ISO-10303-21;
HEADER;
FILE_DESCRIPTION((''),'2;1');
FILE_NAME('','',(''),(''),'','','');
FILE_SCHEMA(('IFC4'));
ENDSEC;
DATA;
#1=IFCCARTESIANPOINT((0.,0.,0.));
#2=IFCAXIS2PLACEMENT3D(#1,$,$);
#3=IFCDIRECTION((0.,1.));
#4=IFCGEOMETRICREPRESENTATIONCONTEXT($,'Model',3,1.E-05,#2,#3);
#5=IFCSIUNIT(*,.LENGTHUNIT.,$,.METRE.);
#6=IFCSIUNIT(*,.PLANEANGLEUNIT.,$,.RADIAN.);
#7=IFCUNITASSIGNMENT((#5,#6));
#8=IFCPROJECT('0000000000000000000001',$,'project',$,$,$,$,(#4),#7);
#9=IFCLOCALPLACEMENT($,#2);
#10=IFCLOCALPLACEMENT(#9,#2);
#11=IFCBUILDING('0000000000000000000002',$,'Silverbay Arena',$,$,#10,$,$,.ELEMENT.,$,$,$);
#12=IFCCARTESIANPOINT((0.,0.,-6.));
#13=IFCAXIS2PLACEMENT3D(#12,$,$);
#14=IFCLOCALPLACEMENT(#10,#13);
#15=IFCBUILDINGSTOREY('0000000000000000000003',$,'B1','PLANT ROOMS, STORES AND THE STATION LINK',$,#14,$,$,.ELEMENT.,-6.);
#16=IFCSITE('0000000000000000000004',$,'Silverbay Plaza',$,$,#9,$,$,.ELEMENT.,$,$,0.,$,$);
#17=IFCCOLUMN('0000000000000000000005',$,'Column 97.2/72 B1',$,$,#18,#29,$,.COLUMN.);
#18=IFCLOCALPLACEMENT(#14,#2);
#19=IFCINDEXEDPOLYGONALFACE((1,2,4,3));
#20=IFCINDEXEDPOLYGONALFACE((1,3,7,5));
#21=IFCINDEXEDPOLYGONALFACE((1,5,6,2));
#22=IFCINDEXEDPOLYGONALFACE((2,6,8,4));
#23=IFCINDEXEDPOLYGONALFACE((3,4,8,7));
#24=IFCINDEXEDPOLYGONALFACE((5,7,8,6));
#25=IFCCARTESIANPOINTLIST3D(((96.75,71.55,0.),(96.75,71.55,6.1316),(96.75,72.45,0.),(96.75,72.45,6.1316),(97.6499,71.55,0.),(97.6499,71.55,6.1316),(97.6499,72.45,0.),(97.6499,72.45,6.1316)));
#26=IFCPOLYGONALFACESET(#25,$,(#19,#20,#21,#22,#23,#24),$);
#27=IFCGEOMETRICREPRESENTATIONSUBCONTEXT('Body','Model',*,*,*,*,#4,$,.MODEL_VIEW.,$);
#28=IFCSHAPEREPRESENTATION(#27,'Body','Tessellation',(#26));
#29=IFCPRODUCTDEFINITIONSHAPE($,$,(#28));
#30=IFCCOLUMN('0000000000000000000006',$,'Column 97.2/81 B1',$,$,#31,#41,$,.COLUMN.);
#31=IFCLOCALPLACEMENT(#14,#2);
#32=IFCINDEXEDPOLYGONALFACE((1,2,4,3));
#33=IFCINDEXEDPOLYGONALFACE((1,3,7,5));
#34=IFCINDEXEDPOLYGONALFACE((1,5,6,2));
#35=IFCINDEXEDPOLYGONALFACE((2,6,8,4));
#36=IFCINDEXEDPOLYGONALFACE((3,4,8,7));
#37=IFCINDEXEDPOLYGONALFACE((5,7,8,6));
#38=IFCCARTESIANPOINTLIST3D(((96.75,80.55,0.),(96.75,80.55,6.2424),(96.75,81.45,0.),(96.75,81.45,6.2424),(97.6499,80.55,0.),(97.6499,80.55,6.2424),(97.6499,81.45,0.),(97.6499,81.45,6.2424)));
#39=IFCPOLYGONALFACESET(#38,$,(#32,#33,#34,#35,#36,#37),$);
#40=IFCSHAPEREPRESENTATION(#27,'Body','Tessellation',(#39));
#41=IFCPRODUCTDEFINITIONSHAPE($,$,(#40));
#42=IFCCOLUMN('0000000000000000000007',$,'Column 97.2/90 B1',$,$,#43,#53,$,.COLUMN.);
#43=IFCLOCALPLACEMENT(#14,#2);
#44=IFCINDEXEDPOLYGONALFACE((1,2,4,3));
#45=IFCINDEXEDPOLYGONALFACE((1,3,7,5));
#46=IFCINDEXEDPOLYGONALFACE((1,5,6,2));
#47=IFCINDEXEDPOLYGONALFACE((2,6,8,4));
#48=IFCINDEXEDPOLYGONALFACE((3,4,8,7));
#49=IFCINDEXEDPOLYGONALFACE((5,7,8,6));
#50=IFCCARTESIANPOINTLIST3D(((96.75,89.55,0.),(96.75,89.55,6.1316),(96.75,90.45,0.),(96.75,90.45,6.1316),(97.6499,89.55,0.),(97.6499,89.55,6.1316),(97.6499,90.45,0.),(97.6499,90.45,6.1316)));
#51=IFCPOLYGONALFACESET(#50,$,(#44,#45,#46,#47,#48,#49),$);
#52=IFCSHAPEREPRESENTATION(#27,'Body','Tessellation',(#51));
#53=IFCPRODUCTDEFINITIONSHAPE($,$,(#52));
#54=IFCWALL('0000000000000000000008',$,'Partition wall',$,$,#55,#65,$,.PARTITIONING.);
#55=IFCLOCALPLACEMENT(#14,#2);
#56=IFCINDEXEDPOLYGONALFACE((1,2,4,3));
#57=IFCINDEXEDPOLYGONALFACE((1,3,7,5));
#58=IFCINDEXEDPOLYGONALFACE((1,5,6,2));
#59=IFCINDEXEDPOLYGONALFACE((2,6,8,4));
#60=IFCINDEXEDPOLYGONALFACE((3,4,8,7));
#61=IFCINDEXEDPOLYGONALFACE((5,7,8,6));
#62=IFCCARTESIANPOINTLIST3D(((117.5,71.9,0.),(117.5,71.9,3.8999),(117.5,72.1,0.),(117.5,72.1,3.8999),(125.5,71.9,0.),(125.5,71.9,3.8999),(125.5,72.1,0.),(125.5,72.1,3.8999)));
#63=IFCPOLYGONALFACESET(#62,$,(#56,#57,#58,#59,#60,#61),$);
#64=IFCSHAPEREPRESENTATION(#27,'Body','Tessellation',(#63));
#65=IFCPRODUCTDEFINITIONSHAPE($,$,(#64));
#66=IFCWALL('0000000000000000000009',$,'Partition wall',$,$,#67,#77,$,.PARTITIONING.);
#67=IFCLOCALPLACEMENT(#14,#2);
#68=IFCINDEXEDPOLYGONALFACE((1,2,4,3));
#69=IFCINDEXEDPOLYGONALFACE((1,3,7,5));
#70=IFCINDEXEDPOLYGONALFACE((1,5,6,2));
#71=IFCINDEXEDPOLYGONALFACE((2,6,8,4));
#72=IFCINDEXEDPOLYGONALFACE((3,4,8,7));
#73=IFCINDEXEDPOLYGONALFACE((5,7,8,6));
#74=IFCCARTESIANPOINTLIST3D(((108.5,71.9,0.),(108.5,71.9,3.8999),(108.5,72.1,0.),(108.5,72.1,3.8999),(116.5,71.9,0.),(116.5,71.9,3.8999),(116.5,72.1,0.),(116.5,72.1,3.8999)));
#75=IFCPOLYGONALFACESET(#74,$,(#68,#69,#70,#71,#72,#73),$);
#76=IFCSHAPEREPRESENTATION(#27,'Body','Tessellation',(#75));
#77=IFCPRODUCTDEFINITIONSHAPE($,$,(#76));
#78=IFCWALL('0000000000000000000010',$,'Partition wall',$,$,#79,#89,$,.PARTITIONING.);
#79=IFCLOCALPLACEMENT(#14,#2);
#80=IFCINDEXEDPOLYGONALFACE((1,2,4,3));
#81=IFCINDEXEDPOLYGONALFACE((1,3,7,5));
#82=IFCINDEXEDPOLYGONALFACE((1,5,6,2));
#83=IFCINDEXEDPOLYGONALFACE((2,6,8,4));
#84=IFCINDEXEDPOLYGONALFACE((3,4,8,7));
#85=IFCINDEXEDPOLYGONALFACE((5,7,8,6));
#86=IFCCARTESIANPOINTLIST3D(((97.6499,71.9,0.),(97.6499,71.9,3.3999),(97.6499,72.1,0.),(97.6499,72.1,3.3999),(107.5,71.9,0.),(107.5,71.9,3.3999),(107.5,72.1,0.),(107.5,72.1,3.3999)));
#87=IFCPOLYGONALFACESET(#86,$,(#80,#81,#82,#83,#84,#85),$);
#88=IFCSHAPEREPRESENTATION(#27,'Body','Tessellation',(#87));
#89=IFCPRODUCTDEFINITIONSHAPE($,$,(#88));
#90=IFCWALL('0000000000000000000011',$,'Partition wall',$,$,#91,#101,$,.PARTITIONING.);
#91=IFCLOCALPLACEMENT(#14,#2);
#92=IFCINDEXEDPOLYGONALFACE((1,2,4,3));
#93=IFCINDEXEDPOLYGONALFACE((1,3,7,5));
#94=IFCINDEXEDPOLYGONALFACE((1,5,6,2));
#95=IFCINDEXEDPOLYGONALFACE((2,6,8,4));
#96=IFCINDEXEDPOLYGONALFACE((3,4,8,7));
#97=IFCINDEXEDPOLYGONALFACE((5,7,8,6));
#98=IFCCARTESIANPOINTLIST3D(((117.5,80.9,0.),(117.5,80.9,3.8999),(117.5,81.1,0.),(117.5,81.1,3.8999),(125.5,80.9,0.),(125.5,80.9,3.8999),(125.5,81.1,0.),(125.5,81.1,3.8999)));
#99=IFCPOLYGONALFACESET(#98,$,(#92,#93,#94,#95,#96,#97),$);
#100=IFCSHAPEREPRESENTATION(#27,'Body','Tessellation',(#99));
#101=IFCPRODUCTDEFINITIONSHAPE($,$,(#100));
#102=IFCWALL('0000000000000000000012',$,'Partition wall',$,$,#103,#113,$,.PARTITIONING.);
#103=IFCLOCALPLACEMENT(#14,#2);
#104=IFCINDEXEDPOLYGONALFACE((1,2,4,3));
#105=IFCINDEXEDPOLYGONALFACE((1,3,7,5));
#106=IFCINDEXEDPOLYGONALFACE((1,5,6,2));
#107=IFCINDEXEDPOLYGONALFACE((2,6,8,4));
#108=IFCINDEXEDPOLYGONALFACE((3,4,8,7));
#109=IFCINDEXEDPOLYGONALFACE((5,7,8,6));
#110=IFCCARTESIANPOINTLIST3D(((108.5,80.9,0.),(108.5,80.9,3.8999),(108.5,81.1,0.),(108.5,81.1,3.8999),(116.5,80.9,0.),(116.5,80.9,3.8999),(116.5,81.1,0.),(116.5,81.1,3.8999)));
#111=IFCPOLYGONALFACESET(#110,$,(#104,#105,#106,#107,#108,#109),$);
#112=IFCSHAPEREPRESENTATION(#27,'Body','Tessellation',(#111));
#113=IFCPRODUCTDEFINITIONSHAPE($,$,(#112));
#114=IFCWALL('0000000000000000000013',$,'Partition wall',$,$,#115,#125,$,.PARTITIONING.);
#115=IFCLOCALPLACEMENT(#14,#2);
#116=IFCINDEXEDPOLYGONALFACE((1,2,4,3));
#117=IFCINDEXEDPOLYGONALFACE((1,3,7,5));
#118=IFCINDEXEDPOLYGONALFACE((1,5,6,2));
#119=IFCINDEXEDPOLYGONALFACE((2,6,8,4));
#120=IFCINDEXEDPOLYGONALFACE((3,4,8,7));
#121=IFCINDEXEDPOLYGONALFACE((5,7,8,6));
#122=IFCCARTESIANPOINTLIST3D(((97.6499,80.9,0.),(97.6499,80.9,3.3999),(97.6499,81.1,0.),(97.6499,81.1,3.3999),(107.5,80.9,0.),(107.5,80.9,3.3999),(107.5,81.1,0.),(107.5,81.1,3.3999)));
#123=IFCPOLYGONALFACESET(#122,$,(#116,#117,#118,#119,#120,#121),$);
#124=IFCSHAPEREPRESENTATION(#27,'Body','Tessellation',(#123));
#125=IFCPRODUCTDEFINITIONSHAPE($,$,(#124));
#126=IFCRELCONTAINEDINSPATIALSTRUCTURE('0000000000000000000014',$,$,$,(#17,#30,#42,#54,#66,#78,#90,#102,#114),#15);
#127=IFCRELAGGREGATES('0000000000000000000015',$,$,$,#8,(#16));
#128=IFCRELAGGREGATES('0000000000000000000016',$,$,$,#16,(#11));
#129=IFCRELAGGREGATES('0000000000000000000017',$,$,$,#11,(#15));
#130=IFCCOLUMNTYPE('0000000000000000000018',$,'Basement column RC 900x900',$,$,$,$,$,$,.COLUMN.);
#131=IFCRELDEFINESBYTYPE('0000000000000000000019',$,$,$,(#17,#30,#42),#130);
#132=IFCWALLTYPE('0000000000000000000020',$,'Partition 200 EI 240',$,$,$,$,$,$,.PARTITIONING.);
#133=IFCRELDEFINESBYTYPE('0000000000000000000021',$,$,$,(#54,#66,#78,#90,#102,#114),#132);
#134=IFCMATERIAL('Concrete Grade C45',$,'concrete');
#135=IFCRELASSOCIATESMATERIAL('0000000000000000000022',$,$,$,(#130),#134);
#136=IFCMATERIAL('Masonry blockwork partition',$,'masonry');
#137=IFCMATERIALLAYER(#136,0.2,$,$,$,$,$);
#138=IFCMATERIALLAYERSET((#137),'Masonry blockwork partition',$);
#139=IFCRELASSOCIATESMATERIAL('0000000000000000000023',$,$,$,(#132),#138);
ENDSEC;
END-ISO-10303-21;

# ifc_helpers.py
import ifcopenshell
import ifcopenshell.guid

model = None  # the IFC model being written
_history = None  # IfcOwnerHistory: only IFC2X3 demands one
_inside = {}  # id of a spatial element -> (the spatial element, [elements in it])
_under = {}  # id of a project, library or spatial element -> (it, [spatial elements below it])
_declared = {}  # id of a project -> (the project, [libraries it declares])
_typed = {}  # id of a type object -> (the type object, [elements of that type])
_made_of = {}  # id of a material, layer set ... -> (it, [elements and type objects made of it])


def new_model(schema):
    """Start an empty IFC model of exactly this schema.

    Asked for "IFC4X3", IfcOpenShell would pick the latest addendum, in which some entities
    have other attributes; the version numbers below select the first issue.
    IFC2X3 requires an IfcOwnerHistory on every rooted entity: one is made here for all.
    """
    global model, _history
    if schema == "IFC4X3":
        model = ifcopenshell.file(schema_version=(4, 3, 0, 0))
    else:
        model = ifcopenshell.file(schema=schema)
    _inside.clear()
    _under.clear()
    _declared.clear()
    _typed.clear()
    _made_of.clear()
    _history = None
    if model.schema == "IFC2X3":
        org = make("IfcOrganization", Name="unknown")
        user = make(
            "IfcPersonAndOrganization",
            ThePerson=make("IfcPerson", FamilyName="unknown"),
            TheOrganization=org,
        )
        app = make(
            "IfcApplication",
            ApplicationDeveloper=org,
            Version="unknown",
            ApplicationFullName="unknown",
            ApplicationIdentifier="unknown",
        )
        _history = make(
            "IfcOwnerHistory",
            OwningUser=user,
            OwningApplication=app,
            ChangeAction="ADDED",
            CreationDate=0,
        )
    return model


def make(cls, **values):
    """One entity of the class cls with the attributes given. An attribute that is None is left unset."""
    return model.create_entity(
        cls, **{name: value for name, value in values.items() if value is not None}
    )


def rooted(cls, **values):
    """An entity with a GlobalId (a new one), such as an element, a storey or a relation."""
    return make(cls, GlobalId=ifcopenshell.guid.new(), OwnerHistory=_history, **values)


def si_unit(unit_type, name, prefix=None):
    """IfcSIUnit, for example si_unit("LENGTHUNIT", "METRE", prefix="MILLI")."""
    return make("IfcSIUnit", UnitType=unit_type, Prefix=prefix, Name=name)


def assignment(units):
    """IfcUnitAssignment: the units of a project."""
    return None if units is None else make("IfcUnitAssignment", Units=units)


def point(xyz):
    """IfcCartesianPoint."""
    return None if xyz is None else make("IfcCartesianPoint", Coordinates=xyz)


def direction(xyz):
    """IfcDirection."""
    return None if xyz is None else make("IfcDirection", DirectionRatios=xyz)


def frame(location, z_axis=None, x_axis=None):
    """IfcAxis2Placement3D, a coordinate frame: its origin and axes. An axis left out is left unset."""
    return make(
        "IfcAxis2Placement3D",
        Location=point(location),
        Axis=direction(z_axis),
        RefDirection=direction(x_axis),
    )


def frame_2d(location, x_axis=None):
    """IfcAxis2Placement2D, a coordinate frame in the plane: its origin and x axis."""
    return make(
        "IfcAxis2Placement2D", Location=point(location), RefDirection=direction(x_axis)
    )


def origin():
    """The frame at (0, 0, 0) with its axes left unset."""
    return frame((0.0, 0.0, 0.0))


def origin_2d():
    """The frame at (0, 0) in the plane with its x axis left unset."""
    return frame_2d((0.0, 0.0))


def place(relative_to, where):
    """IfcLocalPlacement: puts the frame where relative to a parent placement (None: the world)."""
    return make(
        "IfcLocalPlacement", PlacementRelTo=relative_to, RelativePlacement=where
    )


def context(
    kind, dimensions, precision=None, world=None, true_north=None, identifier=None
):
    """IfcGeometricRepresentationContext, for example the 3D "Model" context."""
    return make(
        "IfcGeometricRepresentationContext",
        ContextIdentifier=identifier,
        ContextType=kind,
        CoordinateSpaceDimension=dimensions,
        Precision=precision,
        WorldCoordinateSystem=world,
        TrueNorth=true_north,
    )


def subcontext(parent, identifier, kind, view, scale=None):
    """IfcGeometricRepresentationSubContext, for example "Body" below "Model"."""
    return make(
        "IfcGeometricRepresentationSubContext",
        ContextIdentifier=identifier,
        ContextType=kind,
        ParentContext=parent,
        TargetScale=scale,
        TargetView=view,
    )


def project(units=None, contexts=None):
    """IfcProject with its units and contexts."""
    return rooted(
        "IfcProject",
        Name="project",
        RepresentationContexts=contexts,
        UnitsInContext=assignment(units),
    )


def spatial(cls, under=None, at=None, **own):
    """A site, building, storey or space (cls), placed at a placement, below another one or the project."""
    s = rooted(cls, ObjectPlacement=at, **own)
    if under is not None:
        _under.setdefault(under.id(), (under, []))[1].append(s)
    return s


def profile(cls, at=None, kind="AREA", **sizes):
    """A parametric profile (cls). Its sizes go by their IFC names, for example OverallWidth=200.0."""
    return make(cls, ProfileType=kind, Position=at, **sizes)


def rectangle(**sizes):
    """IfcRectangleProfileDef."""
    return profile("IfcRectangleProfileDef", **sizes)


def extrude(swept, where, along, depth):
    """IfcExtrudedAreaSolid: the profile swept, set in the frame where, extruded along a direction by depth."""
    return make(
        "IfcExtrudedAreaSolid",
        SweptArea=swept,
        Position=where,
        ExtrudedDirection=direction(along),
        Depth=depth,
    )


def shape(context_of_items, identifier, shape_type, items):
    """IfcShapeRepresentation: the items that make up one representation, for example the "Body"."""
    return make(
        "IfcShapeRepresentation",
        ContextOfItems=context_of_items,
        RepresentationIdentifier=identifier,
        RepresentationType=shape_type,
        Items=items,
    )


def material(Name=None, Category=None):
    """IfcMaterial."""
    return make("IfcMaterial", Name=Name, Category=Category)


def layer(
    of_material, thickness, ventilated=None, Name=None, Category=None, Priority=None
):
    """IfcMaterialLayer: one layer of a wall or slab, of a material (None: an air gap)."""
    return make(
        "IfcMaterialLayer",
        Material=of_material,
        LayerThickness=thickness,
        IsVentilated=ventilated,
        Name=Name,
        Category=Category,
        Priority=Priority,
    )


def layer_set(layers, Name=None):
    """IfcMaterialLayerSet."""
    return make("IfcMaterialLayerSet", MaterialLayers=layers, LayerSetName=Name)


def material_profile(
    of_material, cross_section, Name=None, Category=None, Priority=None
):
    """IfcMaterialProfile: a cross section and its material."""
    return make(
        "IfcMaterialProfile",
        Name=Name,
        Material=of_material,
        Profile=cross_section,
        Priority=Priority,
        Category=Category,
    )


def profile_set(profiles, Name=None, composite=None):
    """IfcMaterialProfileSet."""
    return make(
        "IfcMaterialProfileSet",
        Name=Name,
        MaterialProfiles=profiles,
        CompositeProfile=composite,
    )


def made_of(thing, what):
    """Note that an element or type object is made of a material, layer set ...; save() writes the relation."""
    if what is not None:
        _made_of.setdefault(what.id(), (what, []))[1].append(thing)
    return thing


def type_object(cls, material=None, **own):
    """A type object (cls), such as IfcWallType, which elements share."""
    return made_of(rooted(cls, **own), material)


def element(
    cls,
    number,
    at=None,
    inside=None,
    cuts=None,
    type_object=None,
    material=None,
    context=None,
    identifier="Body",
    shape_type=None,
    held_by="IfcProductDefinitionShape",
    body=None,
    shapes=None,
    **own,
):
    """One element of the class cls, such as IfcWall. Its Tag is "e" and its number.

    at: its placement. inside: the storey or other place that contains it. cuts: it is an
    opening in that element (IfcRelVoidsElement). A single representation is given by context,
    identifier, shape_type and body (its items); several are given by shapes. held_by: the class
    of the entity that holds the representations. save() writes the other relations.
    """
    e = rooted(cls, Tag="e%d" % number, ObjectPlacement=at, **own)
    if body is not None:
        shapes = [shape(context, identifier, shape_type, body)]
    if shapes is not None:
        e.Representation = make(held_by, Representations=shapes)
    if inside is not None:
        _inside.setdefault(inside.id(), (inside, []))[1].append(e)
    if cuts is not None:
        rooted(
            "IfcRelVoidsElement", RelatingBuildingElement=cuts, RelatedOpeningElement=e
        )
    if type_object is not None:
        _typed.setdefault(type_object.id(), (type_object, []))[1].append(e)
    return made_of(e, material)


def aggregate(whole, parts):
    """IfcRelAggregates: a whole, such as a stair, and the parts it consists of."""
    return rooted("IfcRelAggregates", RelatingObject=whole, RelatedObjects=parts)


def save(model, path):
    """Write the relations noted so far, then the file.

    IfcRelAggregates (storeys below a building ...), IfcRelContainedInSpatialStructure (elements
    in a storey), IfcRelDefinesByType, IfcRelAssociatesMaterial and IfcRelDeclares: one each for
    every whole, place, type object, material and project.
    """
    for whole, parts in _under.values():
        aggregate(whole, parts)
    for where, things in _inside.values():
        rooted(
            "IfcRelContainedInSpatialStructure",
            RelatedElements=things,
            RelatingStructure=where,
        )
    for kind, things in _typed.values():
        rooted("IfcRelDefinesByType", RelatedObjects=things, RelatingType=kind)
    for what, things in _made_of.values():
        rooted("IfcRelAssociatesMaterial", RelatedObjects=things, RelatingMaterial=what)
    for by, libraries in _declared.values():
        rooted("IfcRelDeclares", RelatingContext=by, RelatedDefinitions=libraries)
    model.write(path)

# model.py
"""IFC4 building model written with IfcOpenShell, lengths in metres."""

from ifc_helpers import new_model, si_unit, direction, frame, frame_2d, origin, origin_2d, place, context, subcontext, project, spatial, rectangle, extrude, material, layer, layer_set, material_profile, profile_set, type_object, element, save


model = new_model("IFC4")

# Units and contexts
model_context = context("Model", 3, precision=1e-05, world=origin(), true_north=direction((0.0, 1.0)))
body_context = subcontext(model_context, "Body", "Model", "MODEL_VIEW")
ifc_project = project(units=[si_unit("LENGTHUNIT", "METRE"), si_unit("PLANEANGLEUNIT", "RADIAN")], contexts=[model_context])

# Site, building, storey
site_placement = place(None, origin())
site = spatial("IfcSite", under=ifc_project, at=site_placement, Name="Silverbay Plaza", CompositionType="ELEMENT", RefElevation=0.0)
building_placement = place(site_placement, origin())
building = spatial("IfcBuilding", under=site, at=building_placement, Name="Silverbay Arena", CompositionType="ELEMENT")
storey_placement = place(building_placement, frame((0.0, 0.0, -6.0)))
storey = spatial("IfcBuildingStorey", under=building, at=storey_placement, Name="B1", Description="PLANT ROOMS, STORES AND THE STATION LINK", CompositionType="ELEMENT", Elevation=-6.0)

# Columns
ifc_material_1 = material(Name="Concrete Grade C45", Category="concrete")
ifc_material_profile_1 = material_profile(ifc_material_1, rectangle(XDim=0.8999, YDim=0.8999, at=origin_2d()), Name="RC 900x900")
ifc_profile_set_1 = profile_set([ifc_material_profile_1], Name="Concrete Grade C45")
column_type_1 = type_object("IfcColumnType", Name="Basement column RC 900x900", PredefinedType="COLUMN", material=ifc_profile_set_1)
column_1_placement = place(storey_placement, frame((97.2, 72.0, 0.0), z_axis=(0.0, 0.0, 1.0), x_axis=(1.0, 0.0, 0.0)))
element("IfcColumn", 1, at=column_1_placement, inside=storey, type_object=column_type_1, Name="Column 97.2/72 B1", PredefinedType="COLUMN", context=body_context, shape_type="SweptSolid", body=[
    extrude(rectangle(XDim=0.8999, YDim=0.8999, at=origin_2d()), origin(), (0.0, 0.0, 1.0), 6.1316),
])
column_2_placement = place(storey_placement, frame((97.2, 81.0, 0.0), z_axis=(0.0, 0.0, 1.0), x_axis=(1.0, 0.0, 0.0)))
element("IfcColumn", 2, at=column_2_placement, inside=storey, type_object=column_type_1, Name="Column 97.2/81 B1", PredefinedType="COLUMN", context=body_context, shape_type="SweptSolid", body=[
    extrude(rectangle(XDim=0.8999, YDim=0.8999, at=origin_2d()), origin(), (0.0, 0.0, 1.0), 6.2424),
])
column_3_placement = place(storey_placement, frame((97.2, 90.0, 0.0), z_axis=(0.0, 0.0, 1.0), x_axis=(1.0, 0.0, 0.0)))
element("IfcColumn", 3, at=column_3_placement, inside=storey, type_object=column_type_1, Name="Column 97.2/90 B1", PredefinedType="COLUMN", context=body_context, shape_type="SweptSolid", body=[
    extrude(rectangle(XDim=0.8999, YDim=0.8999, at=origin_2d()), origin(), (0.0, 0.0, 1.0), 6.1316),
])

# Walls
ifc_material_2 = material(Name="Masonry blockwork partition", Category="masonry")
ifc_layer = layer(ifc_material_2, 0.2)
ifc_layer_set = layer_set([ifc_layer], Name="Masonry blockwork partition")
wall_type = type_object("IfcWallType", Name="Partition 200 EI 240", PredefinedType="PARTITIONING", material=ifc_layer_set)
for number, where, z_axis, x_axis, name in (
    (4, (117.5, 72.0, 0.0), (0.0, 0.0, 1.0), (1.0, 0.0, 0.0), "Partition wall"),
    (5, (108.5, 72.0, 0.0), (0.0, 0.0, 1.0), (1.0, 0.0, 0.0), "Partition wall"),
):
    element("IfcWall", number, at=place(storey_placement, frame(where, z_axis=z_axis, x_axis=x_axis)), inside=storey, type_object=wall_type, Name=name, PredefinedType="PARTITIONING", context=body_context, shape_type="SweptSolid", body=[
        extrude(rectangle(XDim=8.0, YDim=0.2, at=frame_2d((4.0, 0.0))), origin(), (0.0, 0.0, 1.0), 3.8999),
    ])
wall_1_placement = place(storey_placement, frame((97.6499, 72.0, 0.0), z_axis=(0.0, 0.0, 1.0), x_axis=(1.0, 0.0, 0.0)))
element("IfcWall", 6, at=wall_1_placement, inside=storey, type_object=wall_type, Name="Partition wall", PredefinedType="PARTITIONING", context=body_context, shape_type="SweptSolid", body=[
    extrude(rectangle(XDim=9.8501, YDim=0.2, at=frame_2d((4.925, 0.0))), origin(), (0.0, 0.0, 1.0), 3.3999),
])
for number, where, z_axis, x_axis, name in (
    (7, (117.5, 81.0, 0.0), (0.0, 0.0, 1.0), (1.0, 0.0, 0.0), "Partition wall"),
    (8, (108.5, 81.0, 0.0), (0.0, 0.0, 1.0), (1.0, 0.0, 0.0), "Partition wall"),
):
    element("IfcWall", number, at=place(storey_placement, frame(where, z_axis=z_axis, x_axis=x_axis)), inside=storey, type_object=wall_type, Name=name, PredefinedType="PARTITIONING", context=body_context, shape_type="SweptSolid", body=[
        extrude(rectangle(XDim=8.0, YDim=0.2, at=frame_2d((4.0, 0.0))), origin(), (0.0, 0.0, 1.0), 3.8999),
    ])
wall_2_placement = place(storey_placement, frame((97.6499, 81.0, 0.0), z_axis=(0.0, 0.0, 1.0), x_axis=(1.0, 0.0, 0.0)))
element("IfcWall", 9, at=wall_2_placement, inside=storey, type_object=wall_type, Name="Partition wall", PredefinedType="PARTITIONING", context=body_context, shape_type="SweptSolid", body=[
    extrude(rectangle(XDim=9.8501, YDim=0.2, at=frame_2d((4.925, 0.0))), origin(), (0.0, 0.0, 1.0), 3.3999),
])

save(model, "model.ifc")
